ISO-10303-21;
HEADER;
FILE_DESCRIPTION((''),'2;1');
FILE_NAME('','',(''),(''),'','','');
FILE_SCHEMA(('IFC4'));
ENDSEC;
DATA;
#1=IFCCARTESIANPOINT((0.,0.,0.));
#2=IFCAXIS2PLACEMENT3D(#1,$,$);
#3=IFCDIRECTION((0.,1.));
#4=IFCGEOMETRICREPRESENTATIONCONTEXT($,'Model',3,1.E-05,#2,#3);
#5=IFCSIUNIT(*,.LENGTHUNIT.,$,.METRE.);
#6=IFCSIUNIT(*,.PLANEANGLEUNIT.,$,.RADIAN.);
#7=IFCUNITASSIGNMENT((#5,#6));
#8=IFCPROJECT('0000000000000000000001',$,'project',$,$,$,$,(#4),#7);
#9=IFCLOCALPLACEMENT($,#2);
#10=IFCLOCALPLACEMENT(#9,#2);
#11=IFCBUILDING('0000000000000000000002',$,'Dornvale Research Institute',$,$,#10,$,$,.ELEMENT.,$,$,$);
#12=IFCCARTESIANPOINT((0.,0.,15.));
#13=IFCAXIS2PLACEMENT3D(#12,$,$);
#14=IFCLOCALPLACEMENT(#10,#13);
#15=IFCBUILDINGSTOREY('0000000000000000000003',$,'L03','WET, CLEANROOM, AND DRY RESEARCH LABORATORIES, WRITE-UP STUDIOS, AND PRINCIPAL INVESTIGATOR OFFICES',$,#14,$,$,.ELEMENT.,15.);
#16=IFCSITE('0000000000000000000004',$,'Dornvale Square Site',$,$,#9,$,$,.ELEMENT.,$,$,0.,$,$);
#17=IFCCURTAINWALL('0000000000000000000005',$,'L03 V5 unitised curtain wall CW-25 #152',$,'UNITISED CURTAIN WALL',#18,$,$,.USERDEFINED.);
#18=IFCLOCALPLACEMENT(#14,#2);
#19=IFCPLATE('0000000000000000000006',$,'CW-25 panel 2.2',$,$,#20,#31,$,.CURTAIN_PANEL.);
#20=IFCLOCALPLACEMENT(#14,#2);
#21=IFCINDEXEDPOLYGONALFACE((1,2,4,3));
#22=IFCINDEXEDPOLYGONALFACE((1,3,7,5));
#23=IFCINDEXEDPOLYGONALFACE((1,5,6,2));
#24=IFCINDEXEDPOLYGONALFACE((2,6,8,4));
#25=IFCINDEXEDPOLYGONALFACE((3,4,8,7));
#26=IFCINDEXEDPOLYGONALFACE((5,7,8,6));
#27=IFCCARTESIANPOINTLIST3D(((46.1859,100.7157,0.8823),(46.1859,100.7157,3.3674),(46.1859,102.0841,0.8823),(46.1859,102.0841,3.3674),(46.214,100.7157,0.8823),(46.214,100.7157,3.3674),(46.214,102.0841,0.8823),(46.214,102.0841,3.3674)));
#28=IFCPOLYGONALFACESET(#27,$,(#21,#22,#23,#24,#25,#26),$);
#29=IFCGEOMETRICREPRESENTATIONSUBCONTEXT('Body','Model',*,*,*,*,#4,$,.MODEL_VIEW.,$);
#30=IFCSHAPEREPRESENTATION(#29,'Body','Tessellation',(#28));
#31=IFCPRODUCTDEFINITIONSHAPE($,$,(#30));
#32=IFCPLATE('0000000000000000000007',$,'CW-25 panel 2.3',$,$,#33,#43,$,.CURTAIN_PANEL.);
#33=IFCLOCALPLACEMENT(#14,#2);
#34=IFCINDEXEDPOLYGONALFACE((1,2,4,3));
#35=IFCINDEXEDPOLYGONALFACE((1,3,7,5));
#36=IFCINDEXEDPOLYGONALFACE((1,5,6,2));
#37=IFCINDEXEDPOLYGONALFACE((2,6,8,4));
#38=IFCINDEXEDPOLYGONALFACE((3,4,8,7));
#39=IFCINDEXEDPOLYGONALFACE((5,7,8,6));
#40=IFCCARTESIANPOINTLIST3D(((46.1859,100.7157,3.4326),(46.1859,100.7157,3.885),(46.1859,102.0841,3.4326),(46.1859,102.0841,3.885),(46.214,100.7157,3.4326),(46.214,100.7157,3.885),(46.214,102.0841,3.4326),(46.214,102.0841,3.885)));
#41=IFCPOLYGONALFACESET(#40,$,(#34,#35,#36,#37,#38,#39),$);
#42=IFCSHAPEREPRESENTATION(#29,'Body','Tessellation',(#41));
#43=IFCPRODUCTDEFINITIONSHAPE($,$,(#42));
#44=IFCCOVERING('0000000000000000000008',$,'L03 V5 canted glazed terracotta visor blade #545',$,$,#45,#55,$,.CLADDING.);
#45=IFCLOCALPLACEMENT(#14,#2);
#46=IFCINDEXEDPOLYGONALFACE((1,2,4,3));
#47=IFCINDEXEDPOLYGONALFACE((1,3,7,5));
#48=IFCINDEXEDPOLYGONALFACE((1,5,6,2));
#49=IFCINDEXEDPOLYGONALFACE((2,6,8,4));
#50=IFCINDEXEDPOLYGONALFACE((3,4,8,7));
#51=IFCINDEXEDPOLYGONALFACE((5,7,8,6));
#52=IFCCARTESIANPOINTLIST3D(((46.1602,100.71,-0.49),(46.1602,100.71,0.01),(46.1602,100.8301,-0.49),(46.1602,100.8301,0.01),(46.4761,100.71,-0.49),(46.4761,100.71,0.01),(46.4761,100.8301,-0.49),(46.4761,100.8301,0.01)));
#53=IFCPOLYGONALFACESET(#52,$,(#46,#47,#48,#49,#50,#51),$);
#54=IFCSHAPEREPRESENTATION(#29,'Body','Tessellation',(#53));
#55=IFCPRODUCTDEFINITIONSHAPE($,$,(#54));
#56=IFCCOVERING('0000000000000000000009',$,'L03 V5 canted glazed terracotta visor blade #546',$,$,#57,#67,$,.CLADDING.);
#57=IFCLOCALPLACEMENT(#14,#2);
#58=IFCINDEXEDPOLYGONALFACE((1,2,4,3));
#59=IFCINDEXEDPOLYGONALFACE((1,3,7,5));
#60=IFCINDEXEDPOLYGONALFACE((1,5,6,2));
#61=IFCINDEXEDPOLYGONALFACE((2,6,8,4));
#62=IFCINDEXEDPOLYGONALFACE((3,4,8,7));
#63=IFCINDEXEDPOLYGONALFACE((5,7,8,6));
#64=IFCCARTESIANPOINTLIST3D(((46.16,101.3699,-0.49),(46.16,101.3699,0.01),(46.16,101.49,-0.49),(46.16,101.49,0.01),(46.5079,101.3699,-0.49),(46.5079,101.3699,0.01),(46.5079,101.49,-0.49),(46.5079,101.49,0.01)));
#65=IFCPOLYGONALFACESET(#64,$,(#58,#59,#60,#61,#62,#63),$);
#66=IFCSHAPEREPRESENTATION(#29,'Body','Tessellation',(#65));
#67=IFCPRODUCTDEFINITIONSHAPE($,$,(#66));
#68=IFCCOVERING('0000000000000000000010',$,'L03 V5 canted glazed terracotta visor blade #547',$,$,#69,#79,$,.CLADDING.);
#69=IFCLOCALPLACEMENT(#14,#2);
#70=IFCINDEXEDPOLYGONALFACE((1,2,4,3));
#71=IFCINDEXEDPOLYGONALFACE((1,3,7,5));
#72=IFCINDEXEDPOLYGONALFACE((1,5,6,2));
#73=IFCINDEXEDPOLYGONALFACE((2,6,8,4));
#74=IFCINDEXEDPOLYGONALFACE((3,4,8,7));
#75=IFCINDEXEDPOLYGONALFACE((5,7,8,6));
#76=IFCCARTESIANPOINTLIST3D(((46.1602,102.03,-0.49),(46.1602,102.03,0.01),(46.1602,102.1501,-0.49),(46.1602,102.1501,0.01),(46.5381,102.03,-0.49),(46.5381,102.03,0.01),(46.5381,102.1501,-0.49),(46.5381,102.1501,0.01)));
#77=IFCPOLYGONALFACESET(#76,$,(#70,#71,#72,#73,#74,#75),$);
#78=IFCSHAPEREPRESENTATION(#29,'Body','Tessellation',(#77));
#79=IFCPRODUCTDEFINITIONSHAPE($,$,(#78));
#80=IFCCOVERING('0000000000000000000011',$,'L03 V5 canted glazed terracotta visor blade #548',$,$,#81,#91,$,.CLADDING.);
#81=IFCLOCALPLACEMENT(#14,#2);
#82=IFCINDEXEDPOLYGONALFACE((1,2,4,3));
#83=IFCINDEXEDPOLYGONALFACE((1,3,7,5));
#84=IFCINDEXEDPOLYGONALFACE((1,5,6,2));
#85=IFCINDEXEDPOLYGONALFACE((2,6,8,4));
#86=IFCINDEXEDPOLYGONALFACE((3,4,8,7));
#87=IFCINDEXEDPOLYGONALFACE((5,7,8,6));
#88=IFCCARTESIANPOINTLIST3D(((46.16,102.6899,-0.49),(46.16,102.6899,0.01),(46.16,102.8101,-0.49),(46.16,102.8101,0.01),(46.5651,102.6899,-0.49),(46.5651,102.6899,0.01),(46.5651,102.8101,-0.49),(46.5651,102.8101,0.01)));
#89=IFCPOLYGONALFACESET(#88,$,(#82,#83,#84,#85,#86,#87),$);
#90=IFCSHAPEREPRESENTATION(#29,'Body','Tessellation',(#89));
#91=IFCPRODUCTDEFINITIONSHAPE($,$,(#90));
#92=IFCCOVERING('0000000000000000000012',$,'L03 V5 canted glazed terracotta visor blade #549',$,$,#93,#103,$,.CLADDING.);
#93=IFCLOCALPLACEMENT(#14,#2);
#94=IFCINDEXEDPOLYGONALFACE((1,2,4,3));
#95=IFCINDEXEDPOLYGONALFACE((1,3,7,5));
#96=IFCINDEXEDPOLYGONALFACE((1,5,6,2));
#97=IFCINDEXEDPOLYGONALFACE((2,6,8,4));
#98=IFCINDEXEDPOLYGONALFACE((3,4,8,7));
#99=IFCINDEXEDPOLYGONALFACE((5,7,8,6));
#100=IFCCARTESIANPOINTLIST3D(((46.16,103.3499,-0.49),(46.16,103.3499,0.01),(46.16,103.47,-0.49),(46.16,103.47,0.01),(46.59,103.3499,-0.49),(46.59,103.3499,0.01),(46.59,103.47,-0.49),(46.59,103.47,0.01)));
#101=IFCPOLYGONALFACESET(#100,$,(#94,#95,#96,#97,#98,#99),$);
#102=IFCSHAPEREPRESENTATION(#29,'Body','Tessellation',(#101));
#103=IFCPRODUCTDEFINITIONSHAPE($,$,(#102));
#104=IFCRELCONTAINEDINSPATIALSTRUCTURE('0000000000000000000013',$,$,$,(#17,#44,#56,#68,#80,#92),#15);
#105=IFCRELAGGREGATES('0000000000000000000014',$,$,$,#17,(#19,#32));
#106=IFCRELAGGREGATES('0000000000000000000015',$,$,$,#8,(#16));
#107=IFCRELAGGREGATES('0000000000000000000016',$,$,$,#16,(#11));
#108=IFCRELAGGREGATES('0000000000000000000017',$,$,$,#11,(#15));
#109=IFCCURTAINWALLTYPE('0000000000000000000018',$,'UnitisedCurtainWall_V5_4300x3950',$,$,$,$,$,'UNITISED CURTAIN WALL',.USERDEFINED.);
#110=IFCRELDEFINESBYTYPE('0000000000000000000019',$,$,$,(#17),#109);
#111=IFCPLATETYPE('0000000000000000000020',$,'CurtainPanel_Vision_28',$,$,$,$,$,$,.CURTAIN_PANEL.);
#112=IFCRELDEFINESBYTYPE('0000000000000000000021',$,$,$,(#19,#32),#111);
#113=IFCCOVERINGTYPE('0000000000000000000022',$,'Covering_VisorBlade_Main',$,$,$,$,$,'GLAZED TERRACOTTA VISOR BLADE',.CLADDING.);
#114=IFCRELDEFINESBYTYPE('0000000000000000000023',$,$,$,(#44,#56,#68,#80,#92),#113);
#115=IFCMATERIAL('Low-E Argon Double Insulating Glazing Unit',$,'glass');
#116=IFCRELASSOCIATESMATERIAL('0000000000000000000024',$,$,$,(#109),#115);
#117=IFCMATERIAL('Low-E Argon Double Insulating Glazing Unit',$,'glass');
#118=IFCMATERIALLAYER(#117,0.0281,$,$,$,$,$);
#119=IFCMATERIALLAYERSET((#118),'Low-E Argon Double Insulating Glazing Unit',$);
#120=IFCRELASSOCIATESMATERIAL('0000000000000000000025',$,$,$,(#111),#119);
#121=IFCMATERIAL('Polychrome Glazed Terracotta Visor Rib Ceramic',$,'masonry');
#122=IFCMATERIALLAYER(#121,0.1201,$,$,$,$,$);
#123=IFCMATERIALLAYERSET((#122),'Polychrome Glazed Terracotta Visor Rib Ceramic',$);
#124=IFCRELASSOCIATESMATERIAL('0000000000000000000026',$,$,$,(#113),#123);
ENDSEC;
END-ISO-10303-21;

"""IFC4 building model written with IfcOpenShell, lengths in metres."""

from ifc_helpers import new_model, si_unit, direction, frame, origin, origin_2d, place, context, subcontext, project, spatial, rectangle, extrude, material, layer, layer_set, type_object, element, aggregate, save


model = new_model("IFC4")

# Units and contexts
model_context = context("Model", 3, precision=1e-05, world=origin(), true_north=direction((0.0, 1.0)))
body_context = subcontext(model_context, "Body", "Model", "MODEL_VIEW")
ifc_project = project(units=[si_unit("LENGTHUNIT", "METRE"), si_unit("PLANEANGLEUNIT", "RADIAN")], contexts=[model_context])

# Site, building, storey
site_placement = place(None, origin())
site = spatial("IfcSite", under=ifc_project, at=site_placement, Name="Dornvale Square Site", CompositionType="ELEMENT", RefElevation=0.0)
building_placement = place(site_placement, origin())
building = spatial("IfcBuilding", under=site, at=building_placement, Name="Dornvale Research Institute", CompositionType="ELEMENT")
storey_placement = place(building_placement, frame((0.0, 0.0, 15.0)))
storey = spatial("IfcBuildingStorey", under=building, at=storey_placement, Name="L03", Description="WET, CLEANROOM, AND DRY RESEARCH LABORATORIES, WRITE-UP STUDIOS, AND PRINCIPAL INVESTIGATOR OFFICES", CompositionType="ELEMENT", Elevation=15.0)

# Curtain wall, plates
ifc_material_1 = material(Name="Low-E Argon Double Insulating Glazing Unit", Category="glass")
curtain_wall_type = type_object("IfcCurtainWallType", Name="UnitisedCurtainWall_V5_4300x3950", ElementType="UNITISED CURTAIN WALL", PredefinedType="USERDEFINED", material=ifc_material_1)
curtain_wall_placement = place(storey_placement, origin())
curtain_wall = element("IfcCurtainWall", 1, at=curtain_wall_placement, inside=storey, type_object=curtain_wall_type, Name="L03 V5 unitised curtain wall CW-25 #152", ObjectType="UNITISED CURTAIN WALL", PredefinedType="USERDEFINED")
ifc_material_2 = material(Name="Low-E Argon Double Insulating Glazing Unit", Category="glass")
ifc_layer_1 = layer(ifc_material_2, 0.0281)
ifc_layer_set_1 = layer_set([ifc_layer_1], Name="Low-E Argon Double Insulating Glazing Unit")
plate_type_1 = type_object("IfcPlateType", Name="CurtainPanel_Vision_28", PredefinedType="CURTAIN_PANEL", material=ifc_layer_set_1)
plate_1_placement = place(storey_placement, frame((46.2, 101.3999, 0.8823), z_axis=(0.0, 0.0, 1.0), x_axis=(0.0, -1.0, 0.0)))
plate_1 = element("IfcPlate", 2, at=plate_1_placement, type_object=plate_type_1, Name="CW-25 panel 2.2", PredefinedType="CURTAIN_PANEL", context=body_context, shape_type="SweptSolid", body=[
    extrude(rectangle(XDim=1.3684, YDim=0.0281, at=origin_2d()), origin(), (0.0, 0.0, 1.0), 2.4851),
])
plate_2_placement = place(storey_placement, frame((46.2, 101.3999, 3.4326), z_axis=(0.0, 0.0, 1.0), x_axis=(0.0, -1.0, 0.0)))
plate_2 = element("IfcPlate", 3, at=plate_2_placement, type_object=plate_type_1, Name="CW-25 panel 2.3", PredefinedType="CURTAIN_PANEL", context=body_context, shape_type="SweptSolid", body=[
    extrude(rectangle(XDim=1.3684, YDim=0.0281, at=origin_2d()), origin(), (0.0, 0.0, 1.0), 0.4524),
])
aggregate(curtain_wall, [plate_1, plate_2])

# Coverings
ifc_material_3 = material(Name="Polychrome Glazed Terracotta Visor Rib Ceramic", Category="masonry")
ifc_layer_2 = layer(ifc_material_3, 0.1201)
ifc_layer_set_2 = layer_set([ifc_layer_2], Name="Polychrome Glazed Terracotta Visor Rib Ceramic")
covering_type = type_object("IfcCoveringType", Name="Covering_VisorBlade_Main", ElementType="GLAZED TERRACOTTA VISOR BLADE", PredefinedType="CLADDING", material=ifc_layer_set_2)
covering_1_placement = place(storey_placement, frame((46.3181, 100.77, -0.49), z_axis=(0.0, 0.0, 1.0), x_axis=(1.0, 0.0, 0.0)))
element("IfcCovering", 4, at=covering_1_placement, inside=storey, type_object=covering_type, Name="L03 V5 canted glazed terracotta visor blade #545", PredefinedType="CLADDING", context=body_context, shape_type="SweptSolid", body=[
    extrude(rectangle(XDim=0.3159, YDim=0.1201, at=origin_2d()), origin(), (0.0, 0.0, 1.0), 0.5),
])
covering_2_placement = place(storey_placement, frame((46.334, 101.4299, -0.49), z_axis=(0.0, 0.0, 1.0), x_axis=(1.0, 0.0, 0.0)))
element("IfcCovering", 5, at=covering_2_placement, inside=storey, type_object=covering_type, Name="L03 V5 canted glazed terracotta visor blade #546", PredefinedType="CLADDING", context=body_context, shape_type="SweptSolid", body=[
    extrude(rectangle(XDim=0.3479, YDim=0.1201, at=origin_2d()), origin(), (0.0, 0.0, 1.0), 0.5),
])
covering_3_placement = place(storey_placement, frame((46.3491, 102.0901, -0.49), z_axis=(0.0, 0.0, 1.0), x_axis=(1.0, 0.0, 0.0)))
element("IfcCovering", 6, at=covering_3_placement, inside=storey, type_object=covering_type, Name="L03 V5 canted glazed terracotta visor blade #547", PredefinedType="CLADDING", context=body_context, shape_type="SweptSolid", body=[
    extrude(rectangle(XDim=0.3779, YDim=0.1201, at=origin_2d()), origin(), (0.0, 0.0, 1.0), 0.5),
])
covering_4_placement = place(storey_placement, frame((46.3625, 102.75, -0.49), z_axis=(0.0, 0.0, 1.0), x_axis=(1.0, 0.0, 0.0)))
element("IfcCovering", 7, at=covering_4_placement, inside=storey, type_object=covering_type, Name="L03 V5 canted glazed terracotta visor blade #548", PredefinedType="CLADDING", context=body_context, shape_type="SweptSolid", body=[
    extrude(rectangle(XDim=0.405, YDim=0.1201, at=origin_2d()), origin(), (0.0, 0.0, 1.0), 0.5),
])
covering_5_placement = place(storey_placement, frame((46.375, 103.4099, -0.49), z_axis=(0.0, 0.0, 1.0), x_axis=(1.0, 0.0, 0.0)))
element("IfcCovering", 8, at=covering_5_placement, inside=storey, type_object=covering_type, Name="L03 V5 canted glazed terracotta visor blade #549", PredefinedType="CLADDING", context=body_context, shape_type="SweptSolid", body=[
    extrude(rectangle(XDim=0.4299, YDim=0.1201, at=origin_2d()), origin(), (0.0, 0.0, 1.0), 0.5),
])

save(model, "model.ifc")
